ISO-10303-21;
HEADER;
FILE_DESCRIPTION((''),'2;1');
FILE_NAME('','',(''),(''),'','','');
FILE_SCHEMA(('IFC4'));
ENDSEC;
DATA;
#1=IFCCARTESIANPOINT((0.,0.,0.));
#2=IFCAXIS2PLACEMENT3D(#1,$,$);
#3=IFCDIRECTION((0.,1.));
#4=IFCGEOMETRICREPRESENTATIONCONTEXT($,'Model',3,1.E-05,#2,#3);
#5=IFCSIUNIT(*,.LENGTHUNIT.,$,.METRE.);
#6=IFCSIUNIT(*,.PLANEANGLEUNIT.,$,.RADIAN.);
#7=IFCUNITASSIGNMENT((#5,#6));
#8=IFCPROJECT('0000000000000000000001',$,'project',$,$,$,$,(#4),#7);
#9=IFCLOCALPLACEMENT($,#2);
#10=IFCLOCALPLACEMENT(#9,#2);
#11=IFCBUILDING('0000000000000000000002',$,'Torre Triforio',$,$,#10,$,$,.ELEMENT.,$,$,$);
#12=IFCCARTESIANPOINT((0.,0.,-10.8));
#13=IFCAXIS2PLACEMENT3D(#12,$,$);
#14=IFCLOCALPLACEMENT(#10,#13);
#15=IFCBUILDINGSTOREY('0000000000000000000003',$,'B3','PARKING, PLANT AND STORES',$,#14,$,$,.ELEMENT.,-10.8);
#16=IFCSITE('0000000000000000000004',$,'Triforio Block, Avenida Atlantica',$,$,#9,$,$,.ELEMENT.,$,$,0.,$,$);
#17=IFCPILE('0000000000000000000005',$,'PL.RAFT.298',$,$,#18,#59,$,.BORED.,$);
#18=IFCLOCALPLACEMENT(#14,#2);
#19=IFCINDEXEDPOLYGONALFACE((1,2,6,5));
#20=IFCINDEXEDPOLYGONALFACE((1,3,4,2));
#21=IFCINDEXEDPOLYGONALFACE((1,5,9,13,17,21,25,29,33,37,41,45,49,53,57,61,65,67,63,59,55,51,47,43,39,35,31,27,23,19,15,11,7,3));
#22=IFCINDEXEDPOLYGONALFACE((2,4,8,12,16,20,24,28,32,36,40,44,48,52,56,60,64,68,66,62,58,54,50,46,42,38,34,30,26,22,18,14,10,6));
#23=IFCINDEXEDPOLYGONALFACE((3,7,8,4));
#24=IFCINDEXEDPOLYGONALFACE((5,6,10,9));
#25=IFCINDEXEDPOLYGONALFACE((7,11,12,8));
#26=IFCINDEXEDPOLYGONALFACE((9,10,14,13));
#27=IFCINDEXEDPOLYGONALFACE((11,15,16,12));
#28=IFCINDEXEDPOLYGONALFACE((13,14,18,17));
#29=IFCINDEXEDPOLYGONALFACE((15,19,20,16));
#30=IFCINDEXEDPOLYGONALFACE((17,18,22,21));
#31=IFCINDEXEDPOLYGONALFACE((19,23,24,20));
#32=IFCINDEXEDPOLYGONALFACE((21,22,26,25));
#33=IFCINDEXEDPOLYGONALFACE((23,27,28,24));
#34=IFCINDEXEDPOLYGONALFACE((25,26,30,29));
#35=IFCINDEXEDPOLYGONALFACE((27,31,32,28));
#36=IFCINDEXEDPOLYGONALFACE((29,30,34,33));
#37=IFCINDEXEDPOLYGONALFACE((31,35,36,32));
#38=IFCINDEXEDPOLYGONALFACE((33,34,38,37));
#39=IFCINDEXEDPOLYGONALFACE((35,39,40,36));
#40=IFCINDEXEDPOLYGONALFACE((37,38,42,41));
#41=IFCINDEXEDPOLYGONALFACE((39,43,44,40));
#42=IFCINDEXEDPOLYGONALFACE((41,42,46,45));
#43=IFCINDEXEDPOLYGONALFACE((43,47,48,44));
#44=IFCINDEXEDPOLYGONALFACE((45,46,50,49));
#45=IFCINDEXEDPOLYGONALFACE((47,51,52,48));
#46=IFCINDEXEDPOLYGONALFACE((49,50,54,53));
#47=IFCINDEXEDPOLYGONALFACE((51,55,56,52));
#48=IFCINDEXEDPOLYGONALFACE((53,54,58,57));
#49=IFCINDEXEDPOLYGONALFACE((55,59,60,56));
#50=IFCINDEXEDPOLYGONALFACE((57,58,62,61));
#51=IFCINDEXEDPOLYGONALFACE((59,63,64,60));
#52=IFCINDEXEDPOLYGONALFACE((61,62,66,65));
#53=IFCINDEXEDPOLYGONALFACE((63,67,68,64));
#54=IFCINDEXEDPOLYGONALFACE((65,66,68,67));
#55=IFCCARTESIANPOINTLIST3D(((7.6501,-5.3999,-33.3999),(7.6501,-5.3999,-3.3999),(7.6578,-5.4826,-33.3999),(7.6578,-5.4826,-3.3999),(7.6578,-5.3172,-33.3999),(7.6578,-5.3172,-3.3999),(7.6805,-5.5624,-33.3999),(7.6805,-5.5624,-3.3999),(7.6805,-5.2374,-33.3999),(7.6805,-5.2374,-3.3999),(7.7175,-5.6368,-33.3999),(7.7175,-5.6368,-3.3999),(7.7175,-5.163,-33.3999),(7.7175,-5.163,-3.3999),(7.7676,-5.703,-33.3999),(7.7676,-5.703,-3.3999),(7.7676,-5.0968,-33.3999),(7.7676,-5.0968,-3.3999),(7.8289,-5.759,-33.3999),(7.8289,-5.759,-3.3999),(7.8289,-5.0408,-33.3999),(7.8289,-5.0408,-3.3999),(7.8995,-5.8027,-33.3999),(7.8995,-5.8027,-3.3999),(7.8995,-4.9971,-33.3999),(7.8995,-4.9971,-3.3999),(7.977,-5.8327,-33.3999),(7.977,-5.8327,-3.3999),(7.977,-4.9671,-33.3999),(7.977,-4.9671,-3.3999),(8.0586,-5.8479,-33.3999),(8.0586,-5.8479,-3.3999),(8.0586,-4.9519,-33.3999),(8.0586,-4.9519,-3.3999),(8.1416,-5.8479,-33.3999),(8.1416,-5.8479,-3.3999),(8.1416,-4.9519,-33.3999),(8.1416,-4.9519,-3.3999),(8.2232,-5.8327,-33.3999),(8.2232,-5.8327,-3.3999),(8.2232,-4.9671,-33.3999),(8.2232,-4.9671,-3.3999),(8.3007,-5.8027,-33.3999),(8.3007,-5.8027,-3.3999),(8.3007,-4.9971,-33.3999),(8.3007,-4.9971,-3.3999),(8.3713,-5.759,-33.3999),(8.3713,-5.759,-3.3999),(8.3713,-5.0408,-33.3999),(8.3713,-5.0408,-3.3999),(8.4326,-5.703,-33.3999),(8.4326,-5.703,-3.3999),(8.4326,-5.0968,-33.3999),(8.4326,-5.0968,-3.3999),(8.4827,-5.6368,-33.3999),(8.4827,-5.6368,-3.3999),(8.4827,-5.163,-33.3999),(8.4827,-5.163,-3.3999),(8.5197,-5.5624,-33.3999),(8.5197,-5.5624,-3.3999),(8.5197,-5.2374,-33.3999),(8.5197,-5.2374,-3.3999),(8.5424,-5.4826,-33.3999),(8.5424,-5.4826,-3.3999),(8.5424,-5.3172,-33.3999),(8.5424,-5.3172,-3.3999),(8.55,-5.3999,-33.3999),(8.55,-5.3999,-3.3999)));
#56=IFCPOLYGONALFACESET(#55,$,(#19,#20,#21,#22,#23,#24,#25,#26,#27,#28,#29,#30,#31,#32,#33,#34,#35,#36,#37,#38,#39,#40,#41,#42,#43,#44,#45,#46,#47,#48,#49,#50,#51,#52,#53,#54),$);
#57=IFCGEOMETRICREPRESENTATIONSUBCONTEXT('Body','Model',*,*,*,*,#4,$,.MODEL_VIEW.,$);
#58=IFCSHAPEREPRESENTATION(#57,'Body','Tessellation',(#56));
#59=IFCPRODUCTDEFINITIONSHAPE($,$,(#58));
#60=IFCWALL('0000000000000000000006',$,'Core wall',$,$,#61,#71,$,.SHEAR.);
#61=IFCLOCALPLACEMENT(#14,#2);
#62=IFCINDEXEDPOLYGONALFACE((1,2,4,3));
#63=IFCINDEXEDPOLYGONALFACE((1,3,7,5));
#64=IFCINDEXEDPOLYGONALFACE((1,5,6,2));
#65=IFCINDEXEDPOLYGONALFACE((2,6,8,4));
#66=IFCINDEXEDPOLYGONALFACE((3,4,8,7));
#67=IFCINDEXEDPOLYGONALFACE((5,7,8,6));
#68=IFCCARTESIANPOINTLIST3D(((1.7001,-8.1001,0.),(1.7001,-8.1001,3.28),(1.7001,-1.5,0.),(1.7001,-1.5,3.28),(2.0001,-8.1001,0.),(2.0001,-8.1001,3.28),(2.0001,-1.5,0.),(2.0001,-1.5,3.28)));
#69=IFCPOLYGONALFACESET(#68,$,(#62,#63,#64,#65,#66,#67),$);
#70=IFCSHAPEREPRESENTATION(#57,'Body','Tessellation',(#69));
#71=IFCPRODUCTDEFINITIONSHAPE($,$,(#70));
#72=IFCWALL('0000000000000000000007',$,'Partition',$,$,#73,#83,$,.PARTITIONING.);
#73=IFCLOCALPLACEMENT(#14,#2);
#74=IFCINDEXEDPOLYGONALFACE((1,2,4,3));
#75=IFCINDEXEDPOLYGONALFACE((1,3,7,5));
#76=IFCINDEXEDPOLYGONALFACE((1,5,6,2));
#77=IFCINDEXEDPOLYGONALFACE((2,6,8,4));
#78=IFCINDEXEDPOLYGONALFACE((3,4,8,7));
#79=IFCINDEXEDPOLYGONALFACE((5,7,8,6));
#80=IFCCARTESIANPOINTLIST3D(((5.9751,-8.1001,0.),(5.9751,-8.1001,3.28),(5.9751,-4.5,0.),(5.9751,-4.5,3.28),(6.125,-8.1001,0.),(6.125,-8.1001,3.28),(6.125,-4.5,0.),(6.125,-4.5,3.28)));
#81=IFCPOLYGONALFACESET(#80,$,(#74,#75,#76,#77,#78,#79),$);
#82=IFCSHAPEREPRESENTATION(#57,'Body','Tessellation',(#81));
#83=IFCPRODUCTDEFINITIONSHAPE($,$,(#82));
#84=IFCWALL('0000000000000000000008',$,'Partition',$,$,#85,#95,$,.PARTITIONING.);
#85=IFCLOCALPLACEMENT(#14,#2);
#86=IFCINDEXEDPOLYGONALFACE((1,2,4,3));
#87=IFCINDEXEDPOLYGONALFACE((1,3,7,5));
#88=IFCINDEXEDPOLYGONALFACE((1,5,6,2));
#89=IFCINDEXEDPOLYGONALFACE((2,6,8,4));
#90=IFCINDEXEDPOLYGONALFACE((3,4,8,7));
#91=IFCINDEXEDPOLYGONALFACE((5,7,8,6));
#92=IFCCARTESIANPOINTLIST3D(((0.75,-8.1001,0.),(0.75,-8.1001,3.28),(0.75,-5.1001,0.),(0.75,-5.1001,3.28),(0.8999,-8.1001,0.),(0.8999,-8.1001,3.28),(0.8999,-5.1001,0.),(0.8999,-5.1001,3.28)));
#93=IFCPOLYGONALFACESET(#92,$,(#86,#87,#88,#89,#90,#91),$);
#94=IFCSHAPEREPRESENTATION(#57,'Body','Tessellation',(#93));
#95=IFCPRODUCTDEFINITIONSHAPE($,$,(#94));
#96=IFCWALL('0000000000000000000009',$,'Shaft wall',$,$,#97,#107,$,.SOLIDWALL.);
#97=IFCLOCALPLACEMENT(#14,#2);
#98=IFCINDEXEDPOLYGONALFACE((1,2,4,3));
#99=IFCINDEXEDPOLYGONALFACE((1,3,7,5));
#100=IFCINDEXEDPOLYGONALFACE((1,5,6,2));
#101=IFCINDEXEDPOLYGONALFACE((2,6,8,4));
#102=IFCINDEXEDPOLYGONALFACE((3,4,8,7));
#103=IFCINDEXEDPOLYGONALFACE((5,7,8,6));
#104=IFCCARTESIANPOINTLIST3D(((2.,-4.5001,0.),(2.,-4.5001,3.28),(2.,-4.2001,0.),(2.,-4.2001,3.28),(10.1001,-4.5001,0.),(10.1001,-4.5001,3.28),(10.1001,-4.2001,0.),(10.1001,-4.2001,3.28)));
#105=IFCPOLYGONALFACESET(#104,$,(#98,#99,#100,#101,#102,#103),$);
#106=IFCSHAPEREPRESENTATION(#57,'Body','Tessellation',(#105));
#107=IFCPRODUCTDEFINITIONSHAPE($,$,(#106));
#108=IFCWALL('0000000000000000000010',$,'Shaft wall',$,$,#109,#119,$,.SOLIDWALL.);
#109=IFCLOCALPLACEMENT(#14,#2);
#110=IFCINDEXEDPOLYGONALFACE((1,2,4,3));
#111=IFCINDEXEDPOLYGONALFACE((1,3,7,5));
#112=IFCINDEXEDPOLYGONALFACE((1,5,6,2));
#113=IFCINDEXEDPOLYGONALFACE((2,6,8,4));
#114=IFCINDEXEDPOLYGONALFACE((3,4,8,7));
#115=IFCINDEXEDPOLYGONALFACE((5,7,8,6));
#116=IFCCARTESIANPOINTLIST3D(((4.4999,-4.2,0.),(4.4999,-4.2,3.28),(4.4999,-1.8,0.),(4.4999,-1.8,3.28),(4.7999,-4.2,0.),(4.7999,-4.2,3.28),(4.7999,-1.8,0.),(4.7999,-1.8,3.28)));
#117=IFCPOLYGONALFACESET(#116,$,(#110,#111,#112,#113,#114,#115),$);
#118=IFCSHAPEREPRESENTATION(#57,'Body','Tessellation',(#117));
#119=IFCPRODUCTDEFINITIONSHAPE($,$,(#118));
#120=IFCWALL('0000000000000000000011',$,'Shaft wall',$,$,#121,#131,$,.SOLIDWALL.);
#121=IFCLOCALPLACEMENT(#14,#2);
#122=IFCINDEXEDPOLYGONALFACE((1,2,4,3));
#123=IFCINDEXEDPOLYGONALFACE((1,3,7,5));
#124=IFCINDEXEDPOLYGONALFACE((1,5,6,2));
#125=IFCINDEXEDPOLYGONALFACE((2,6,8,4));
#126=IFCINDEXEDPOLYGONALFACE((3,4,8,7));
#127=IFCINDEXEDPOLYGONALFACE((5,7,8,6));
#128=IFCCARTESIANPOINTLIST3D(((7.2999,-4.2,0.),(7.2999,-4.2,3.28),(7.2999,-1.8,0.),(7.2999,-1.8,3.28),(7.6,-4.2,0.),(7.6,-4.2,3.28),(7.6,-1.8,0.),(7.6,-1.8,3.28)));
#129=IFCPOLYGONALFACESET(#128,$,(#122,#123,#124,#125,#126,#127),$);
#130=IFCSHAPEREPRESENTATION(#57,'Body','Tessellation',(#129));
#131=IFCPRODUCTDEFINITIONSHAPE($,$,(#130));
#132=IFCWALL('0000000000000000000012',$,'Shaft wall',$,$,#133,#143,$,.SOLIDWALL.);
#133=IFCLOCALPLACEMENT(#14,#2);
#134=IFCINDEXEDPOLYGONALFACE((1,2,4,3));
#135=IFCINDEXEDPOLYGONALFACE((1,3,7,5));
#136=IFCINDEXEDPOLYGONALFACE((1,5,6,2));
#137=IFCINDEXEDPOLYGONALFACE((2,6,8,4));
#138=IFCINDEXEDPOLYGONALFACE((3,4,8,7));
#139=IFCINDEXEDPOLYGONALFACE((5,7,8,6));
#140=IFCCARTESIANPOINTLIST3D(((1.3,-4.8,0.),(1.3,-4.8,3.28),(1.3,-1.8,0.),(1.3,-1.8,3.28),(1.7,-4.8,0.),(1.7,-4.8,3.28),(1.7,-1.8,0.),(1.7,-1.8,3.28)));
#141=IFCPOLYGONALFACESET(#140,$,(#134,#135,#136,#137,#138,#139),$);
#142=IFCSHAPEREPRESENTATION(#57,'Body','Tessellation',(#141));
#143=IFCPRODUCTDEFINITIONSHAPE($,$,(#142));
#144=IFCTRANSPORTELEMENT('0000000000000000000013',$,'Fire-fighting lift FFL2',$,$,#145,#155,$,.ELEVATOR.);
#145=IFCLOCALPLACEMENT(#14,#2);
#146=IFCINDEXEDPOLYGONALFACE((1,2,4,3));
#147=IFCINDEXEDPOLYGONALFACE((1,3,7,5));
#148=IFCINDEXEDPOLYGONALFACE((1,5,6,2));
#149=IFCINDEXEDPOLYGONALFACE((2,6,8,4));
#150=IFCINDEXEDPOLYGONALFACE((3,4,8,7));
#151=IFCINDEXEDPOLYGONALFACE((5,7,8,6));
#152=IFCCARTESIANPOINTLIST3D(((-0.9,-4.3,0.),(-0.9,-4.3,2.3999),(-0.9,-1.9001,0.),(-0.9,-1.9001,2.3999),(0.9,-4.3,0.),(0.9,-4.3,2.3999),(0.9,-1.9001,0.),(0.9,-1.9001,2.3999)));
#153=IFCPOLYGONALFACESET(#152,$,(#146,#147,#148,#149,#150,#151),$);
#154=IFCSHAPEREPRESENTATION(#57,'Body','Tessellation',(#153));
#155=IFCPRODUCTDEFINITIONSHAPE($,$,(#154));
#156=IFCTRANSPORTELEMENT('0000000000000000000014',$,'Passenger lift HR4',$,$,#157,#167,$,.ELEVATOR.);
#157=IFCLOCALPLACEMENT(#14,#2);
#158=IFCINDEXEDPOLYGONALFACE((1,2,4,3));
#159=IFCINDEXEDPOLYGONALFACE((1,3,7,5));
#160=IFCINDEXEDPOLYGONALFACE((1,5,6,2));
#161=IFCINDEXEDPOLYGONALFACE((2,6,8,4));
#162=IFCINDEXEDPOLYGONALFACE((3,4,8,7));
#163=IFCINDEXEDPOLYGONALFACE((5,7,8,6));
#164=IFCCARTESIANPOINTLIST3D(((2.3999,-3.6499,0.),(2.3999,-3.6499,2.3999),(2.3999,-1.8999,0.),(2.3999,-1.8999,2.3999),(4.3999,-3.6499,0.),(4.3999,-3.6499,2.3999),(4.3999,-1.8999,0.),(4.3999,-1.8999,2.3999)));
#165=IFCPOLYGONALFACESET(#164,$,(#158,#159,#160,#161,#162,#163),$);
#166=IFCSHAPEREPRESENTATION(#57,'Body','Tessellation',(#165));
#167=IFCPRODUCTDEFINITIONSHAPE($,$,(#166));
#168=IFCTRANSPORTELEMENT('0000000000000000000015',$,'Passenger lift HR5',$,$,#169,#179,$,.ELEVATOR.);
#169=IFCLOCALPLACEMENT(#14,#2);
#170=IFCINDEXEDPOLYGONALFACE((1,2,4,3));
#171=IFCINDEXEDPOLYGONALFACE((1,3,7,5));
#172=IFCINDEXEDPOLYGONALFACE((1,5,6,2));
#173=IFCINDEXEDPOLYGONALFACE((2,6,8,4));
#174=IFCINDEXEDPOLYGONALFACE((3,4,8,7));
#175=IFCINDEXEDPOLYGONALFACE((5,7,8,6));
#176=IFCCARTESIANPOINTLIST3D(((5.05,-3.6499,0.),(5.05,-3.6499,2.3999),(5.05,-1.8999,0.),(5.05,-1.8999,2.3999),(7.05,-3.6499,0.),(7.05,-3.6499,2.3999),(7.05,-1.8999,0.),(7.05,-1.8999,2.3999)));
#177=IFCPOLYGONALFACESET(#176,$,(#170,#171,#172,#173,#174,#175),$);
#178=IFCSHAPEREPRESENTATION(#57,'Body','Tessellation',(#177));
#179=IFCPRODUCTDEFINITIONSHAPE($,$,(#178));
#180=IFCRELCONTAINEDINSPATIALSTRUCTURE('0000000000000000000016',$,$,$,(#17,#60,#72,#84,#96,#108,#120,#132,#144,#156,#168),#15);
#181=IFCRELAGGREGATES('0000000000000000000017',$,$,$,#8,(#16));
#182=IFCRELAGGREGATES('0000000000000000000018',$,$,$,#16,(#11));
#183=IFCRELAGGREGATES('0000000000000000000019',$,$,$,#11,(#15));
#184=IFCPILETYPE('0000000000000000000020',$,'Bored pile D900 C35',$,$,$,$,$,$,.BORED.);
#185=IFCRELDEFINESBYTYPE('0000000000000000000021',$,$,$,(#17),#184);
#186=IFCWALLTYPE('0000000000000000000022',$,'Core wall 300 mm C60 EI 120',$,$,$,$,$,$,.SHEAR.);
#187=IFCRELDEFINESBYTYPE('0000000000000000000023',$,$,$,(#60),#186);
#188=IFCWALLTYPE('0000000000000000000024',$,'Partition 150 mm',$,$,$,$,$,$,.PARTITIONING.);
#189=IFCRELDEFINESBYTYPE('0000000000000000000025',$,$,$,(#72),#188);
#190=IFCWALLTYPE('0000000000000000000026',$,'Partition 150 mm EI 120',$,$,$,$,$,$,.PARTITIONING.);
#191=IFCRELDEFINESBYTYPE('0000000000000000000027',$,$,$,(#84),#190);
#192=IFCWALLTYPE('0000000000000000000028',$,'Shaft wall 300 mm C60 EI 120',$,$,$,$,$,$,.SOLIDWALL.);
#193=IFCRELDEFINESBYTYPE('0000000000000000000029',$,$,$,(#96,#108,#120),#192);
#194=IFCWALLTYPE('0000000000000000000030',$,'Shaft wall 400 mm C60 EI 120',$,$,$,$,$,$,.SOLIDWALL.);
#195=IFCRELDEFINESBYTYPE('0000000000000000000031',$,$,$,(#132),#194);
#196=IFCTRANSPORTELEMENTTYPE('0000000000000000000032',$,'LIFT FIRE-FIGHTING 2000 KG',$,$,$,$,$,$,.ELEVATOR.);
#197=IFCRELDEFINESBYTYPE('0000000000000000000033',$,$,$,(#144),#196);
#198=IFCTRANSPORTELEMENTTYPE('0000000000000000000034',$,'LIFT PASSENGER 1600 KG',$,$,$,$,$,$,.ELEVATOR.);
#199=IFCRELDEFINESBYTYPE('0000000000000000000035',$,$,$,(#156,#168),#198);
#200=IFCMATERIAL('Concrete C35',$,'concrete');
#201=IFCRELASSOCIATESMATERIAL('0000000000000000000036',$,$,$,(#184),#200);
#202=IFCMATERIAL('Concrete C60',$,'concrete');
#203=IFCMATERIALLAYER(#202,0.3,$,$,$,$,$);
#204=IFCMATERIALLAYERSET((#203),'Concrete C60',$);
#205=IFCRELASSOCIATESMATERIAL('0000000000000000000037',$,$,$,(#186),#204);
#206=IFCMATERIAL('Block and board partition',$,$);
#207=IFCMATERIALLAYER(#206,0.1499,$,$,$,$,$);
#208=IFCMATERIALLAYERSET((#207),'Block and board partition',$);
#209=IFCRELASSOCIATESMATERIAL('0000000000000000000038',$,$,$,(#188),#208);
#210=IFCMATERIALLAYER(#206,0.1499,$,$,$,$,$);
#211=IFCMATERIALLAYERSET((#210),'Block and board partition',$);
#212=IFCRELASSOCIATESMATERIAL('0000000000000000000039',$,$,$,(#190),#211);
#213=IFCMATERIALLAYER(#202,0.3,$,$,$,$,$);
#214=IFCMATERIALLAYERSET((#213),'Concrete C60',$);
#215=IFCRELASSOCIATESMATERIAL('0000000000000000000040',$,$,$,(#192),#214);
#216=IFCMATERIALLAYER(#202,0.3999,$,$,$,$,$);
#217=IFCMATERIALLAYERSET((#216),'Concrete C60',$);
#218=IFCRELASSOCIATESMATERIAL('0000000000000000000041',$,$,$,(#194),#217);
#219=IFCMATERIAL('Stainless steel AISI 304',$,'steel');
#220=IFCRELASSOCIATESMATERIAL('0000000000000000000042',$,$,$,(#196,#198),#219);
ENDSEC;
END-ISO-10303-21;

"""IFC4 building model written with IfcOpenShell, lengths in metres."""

from ifc_helpers import new_model, si_unit, direction, frame, frame_2d, origin, origin_2d, place, context, subcontext, project, spatial, rectangle, circle, extrude, material, layer, layer_set, material_profile, profile_set, type_object, element, save


model = new_model("IFC4")

# Units and contexts
model_context = context("Model", 3, precision=1e-05, world=origin(), true_north=direction((0.0, 1.0)))
body_context = subcontext(model_context, "Body", "Model", "MODEL_VIEW")
ifc_project = project(units=[si_unit("LENGTHUNIT", "METRE"), si_unit("PLANEANGLEUNIT", "RADIAN")], contexts=[model_context])

# Site, building, storey
site_placement = place(None, origin())
site = spatial("IfcSite", under=ifc_project, at=site_placement, Name="Triforio Block, Avenida Atlantica", CompositionType="ELEMENT", RefElevation=0.0)
building_placement = place(site_placement, origin())
building = spatial("IfcBuilding", under=site, at=building_placement, Name="Torre Triforio", CompositionType="ELEMENT")
storey_placement = place(building_placement, frame((0.0, 0.0, -10.8)))
storey = spatial("IfcBuildingStorey", under=building, at=storey_placement, Name="B3", Description="PARKING, PLANT AND STORES", CompositionType="ELEMENT", Elevation=-10.8)

# Pile
ifc_material_1 = material(Name="Concrete C35", Category="concrete")
ifc_material_profile = material_profile(ifc_material_1, circle(Radius=0.45, at=origin_2d()), Name="RC D900")
ifc_profile_set = profile_set([ifc_material_profile], Name="Concrete C35")
pile_type = type_object("IfcPileType", Name="Bored pile D900 C35", PredefinedType="BORED", material=ifc_profile_set)
for number, where, z_axis, x_axis, name in (
    (1, (8.1001, -5.3999, -3.3999), (0.0, 0.0, -1.0), (1.0, 0.0, 0.0), "PL.RAFT.298"),
):
    element("IfcPile", number, at=place(storey_placement, frame(where, z_axis=z_axis, x_axis=x_axis)), inside=storey, type_object=pile_type, Name=name, PredefinedType="BORED", context=body_context, shape_type="SweptSolid", body=[
        extrude(circle(Radius=0.45, at=origin_2d()), origin(), (0.0, 0.0, 1.0), 30.0),
    ])

# Walls
ifc_material_2 = material(Name="Concrete C60", Category="concrete")
ifc_layer_1 = layer(ifc_material_2, 0.3)
ifc_layer_set_1 = layer_set([ifc_layer_1], Name="Concrete C60")
wall_type_1 = type_object("IfcWallType", Name="Core wall 300 mm C60 EI 120", PredefinedType="SHEAR", material=ifc_layer_set_1)
wall_1_placement = place(storey_placement, frame((1.8501, -8.1001, 0.0), z_axis=(0.0, 0.0, 1.0), x_axis=(0.0, 1.0, 0.0)))
element("IfcWall", 2, at=wall_1_placement, inside=storey, type_object=wall_type_1, Name="Core wall", PredefinedType="SHEAR", context=body_context, shape_type="SweptSolid", body=[
    extrude(rectangle(XDim=6.6001, YDim=0.3, at=frame_2d((3.3, 0.0))), origin(), (0.0, 0.0, 1.0), 3.28),
])
ifc_material_3 = material(Name="Block and board partition")
ifc_layer_2 = layer(ifc_material_3, 0.1499)
ifc_layer_set_2 = layer_set([ifc_layer_2], Name="Block and board partition")
wall_type_2 = type_object("IfcWallType", Name="Partition 150 mm", PredefinedType="PARTITIONING", material=ifc_layer_set_2)
wall_2_placement = place(storey_placement, frame((6.05, -8.1001, 0.0), z_axis=(0.0, 0.0, 1.0), x_axis=(0.0, 1.0, 0.0)))
element("IfcWall", 3, at=wall_2_placement, inside=storey, type_object=wall_type_2, Name="Partition", PredefinedType="PARTITIONING", context=body_context, shape_type="SweptSolid", body=[
    extrude(rectangle(XDim=3.6001, YDim=0.1499, at=frame_2d((1.8, 0.0))), origin(), (0.0, 0.0, 1.0), 3.28),
])
ifc_layer_3 = layer(ifc_material_3, 0.1499)
ifc_layer_set_3 = layer_set([ifc_layer_3], Name="Block and board partition")
wall_type_3 = type_object("IfcWallType", Name="Partition 150 mm EI 120", PredefinedType="PARTITIONING", material=ifc_layer_set_3)
wall_3_placement = place(storey_placement, frame((0.825, -8.1001, 0.0), z_axis=(0.0, 0.0, 1.0), x_axis=(0.0, 1.0, 0.0)))
element("IfcWall", 4, at=wall_3_placement, inside=storey, type_object=wall_type_3, Name="Partition", PredefinedType="PARTITIONING", context=body_context, shape_type="SweptSolid", body=[
    extrude(rectangle(XDim=3.0, YDim=0.1499, at=frame_2d((1.5, 0.0))), origin(), (0.0, 0.0, 1.0), 3.28),
])
ifc_layer_4 = layer(ifc_material_2, 0.3)
ifc_layer_set_4 = layer_set([ifc_layer_4], Name="Concrete C60")
wall_type_4 = type_object("IfcWallType", Name="Shaft wall 300 mm C60 EI 120", PredefinedType="SOLIDWALL", material=ifc_layer_set_4)
wall_4_placement = place(storey_placement, frame((2.0, -4.3501, 0.0), z_axis=(0.0, 0.0, 1.0), x_axis=(1.0, 0.0, 0.0)))
element("IfcWall", 5, at=wall_4_placement, inside=storey, type_object=wall_type_4, Name="Shaft wall", PredefinedType="SOLIDWALL", context=body_context, shape_type="SweptSolid", body=[
    extrude(rectangle(XDim=8.1001, YDim=0.3, at=frame_2d((4.05, 0.0))), origin(), (0.0, 0.0, 1.0), 3.28),
])
for number, where, z_axis, x_axis, name in (
    (6, (4.6499, -4.2, 0.0), (0.0, 0.0, 1.0), (0.0, 1.0, 0.0), "Shaft wall"),
    (7, (7.45, -4.2, 0.0), (0.0, 0.0, 1.0), (0.0, 1.0, 0.0), "Shaft wall"),
):
    element("IfcWall", number, at=place(storey_placement, frame(where, z_axis=z_axis, x_axis=x_axis)), inside=storey, type_object=wall_type_4, Name=name, PredefinedType="SOLIDWALL", context=body_context, shape_type="SweptSolid", body=[
        extrude(rectangle(XDim=2.3999, YDim=0.3, at=frame_2d((1.2, 0.0))), origin(), (0.0, 0.0, 1.0), 3.28),
    ])
ifc_layer_5 = layer(ifc_material_2, 0.3999)
ifc_layer_set_5 = layer_set([ifc_layer_5], Name="Concrete C60")
wall_type_5 = type_object("IfcWallType", Name="Shaft wall 400 mm C60 EI 120", PredefinedType="SOLIDWALL", material=ifc_layer_set_5)
wall_5_placement = place(storey_placement, frame((1.5, -4.8, 0.0), z_axis=(0.0, 0.0, 1.0), x_axis=(0.0, 1.0, 0.0)))
element("IfcWall", 8, at=wall_5_placement, inside=storey, type_object=wall_type_5, Name="Shaft wall", PredefinedType="SOLIDWALL", context=body_context, shape_type="SweptSolid", body=[
    extrude(rectangle(XDim=3.0, YDim=0.3999, at=frame_2d((1.5, 0.0))), origin(), (0.0, 0.0, 1.0), 3.28),
])

# Transport elements
ifc_material_4 = material(Name="Stainless steel AISI 304", Category="steel")
transport_element_type_1 = type_object("IfcTransportElementType", Name="LIFT FIRE-FIGHTING 2000 KG", PredefinedType="ELEVATOR", material=ifc_material_4)
transport_element_placement = place(storey_placement, frame((0.0, -3.1001, 0.0), z_axis=(0.0, 0.0, 1.0), x_axis=(1.0, 0.0, 0.0)))
element("IfcTransportElement", 9, at=transport_element_placement, inside=storey, type_object=transport_element_type_1, Name="Fire-fighting lift FFL2", PredefinedType="ELEVATOR", context=body_context, shape_type="SweptSolid", body=[
    extrude(rectangle(XDim=1.8, YDim=2.3999, at=origin_2d()), origin(), (0.0, 0.0, 1.0), 2.3999),
])
transport_element_type_2 = type_object("IfcTransportElementType", Name="LIFT PASSENGER 1600 KG", PredefinedType="ELEVATOR", material=ifc_material_4)
for number, where, z_axis, x_axis, name in (
    (10, (3.3999, -2.7749, 0.0), (0.0, 0.0, 1.0), (1.0, 0.0, 0.0), "Passenger lift HR4"),
    (11, (6.05, -2.7749, 0.0), (0.0, 0.0, 1.0), (1.0, 0.0, 0.0), "Passenger lift HR5"),
):
    element("IfcTransportElement", number, at=place(storey_placement, frame(where, z_axis=z_axis, x_axis=x_axis)), inside=storey, type_object=transport_element_type_2, Name=name, PredefinedType="ELEVATOR", context=body_context, shape_type="SweptSolid", body=[
        extrude(rectangle(XDim=2.0, YDim=1.75, at=origin_2d()), origin(), (0.0, 0.0, 1.0), 2.3999),
    ])

save(model, "model.ifc")
